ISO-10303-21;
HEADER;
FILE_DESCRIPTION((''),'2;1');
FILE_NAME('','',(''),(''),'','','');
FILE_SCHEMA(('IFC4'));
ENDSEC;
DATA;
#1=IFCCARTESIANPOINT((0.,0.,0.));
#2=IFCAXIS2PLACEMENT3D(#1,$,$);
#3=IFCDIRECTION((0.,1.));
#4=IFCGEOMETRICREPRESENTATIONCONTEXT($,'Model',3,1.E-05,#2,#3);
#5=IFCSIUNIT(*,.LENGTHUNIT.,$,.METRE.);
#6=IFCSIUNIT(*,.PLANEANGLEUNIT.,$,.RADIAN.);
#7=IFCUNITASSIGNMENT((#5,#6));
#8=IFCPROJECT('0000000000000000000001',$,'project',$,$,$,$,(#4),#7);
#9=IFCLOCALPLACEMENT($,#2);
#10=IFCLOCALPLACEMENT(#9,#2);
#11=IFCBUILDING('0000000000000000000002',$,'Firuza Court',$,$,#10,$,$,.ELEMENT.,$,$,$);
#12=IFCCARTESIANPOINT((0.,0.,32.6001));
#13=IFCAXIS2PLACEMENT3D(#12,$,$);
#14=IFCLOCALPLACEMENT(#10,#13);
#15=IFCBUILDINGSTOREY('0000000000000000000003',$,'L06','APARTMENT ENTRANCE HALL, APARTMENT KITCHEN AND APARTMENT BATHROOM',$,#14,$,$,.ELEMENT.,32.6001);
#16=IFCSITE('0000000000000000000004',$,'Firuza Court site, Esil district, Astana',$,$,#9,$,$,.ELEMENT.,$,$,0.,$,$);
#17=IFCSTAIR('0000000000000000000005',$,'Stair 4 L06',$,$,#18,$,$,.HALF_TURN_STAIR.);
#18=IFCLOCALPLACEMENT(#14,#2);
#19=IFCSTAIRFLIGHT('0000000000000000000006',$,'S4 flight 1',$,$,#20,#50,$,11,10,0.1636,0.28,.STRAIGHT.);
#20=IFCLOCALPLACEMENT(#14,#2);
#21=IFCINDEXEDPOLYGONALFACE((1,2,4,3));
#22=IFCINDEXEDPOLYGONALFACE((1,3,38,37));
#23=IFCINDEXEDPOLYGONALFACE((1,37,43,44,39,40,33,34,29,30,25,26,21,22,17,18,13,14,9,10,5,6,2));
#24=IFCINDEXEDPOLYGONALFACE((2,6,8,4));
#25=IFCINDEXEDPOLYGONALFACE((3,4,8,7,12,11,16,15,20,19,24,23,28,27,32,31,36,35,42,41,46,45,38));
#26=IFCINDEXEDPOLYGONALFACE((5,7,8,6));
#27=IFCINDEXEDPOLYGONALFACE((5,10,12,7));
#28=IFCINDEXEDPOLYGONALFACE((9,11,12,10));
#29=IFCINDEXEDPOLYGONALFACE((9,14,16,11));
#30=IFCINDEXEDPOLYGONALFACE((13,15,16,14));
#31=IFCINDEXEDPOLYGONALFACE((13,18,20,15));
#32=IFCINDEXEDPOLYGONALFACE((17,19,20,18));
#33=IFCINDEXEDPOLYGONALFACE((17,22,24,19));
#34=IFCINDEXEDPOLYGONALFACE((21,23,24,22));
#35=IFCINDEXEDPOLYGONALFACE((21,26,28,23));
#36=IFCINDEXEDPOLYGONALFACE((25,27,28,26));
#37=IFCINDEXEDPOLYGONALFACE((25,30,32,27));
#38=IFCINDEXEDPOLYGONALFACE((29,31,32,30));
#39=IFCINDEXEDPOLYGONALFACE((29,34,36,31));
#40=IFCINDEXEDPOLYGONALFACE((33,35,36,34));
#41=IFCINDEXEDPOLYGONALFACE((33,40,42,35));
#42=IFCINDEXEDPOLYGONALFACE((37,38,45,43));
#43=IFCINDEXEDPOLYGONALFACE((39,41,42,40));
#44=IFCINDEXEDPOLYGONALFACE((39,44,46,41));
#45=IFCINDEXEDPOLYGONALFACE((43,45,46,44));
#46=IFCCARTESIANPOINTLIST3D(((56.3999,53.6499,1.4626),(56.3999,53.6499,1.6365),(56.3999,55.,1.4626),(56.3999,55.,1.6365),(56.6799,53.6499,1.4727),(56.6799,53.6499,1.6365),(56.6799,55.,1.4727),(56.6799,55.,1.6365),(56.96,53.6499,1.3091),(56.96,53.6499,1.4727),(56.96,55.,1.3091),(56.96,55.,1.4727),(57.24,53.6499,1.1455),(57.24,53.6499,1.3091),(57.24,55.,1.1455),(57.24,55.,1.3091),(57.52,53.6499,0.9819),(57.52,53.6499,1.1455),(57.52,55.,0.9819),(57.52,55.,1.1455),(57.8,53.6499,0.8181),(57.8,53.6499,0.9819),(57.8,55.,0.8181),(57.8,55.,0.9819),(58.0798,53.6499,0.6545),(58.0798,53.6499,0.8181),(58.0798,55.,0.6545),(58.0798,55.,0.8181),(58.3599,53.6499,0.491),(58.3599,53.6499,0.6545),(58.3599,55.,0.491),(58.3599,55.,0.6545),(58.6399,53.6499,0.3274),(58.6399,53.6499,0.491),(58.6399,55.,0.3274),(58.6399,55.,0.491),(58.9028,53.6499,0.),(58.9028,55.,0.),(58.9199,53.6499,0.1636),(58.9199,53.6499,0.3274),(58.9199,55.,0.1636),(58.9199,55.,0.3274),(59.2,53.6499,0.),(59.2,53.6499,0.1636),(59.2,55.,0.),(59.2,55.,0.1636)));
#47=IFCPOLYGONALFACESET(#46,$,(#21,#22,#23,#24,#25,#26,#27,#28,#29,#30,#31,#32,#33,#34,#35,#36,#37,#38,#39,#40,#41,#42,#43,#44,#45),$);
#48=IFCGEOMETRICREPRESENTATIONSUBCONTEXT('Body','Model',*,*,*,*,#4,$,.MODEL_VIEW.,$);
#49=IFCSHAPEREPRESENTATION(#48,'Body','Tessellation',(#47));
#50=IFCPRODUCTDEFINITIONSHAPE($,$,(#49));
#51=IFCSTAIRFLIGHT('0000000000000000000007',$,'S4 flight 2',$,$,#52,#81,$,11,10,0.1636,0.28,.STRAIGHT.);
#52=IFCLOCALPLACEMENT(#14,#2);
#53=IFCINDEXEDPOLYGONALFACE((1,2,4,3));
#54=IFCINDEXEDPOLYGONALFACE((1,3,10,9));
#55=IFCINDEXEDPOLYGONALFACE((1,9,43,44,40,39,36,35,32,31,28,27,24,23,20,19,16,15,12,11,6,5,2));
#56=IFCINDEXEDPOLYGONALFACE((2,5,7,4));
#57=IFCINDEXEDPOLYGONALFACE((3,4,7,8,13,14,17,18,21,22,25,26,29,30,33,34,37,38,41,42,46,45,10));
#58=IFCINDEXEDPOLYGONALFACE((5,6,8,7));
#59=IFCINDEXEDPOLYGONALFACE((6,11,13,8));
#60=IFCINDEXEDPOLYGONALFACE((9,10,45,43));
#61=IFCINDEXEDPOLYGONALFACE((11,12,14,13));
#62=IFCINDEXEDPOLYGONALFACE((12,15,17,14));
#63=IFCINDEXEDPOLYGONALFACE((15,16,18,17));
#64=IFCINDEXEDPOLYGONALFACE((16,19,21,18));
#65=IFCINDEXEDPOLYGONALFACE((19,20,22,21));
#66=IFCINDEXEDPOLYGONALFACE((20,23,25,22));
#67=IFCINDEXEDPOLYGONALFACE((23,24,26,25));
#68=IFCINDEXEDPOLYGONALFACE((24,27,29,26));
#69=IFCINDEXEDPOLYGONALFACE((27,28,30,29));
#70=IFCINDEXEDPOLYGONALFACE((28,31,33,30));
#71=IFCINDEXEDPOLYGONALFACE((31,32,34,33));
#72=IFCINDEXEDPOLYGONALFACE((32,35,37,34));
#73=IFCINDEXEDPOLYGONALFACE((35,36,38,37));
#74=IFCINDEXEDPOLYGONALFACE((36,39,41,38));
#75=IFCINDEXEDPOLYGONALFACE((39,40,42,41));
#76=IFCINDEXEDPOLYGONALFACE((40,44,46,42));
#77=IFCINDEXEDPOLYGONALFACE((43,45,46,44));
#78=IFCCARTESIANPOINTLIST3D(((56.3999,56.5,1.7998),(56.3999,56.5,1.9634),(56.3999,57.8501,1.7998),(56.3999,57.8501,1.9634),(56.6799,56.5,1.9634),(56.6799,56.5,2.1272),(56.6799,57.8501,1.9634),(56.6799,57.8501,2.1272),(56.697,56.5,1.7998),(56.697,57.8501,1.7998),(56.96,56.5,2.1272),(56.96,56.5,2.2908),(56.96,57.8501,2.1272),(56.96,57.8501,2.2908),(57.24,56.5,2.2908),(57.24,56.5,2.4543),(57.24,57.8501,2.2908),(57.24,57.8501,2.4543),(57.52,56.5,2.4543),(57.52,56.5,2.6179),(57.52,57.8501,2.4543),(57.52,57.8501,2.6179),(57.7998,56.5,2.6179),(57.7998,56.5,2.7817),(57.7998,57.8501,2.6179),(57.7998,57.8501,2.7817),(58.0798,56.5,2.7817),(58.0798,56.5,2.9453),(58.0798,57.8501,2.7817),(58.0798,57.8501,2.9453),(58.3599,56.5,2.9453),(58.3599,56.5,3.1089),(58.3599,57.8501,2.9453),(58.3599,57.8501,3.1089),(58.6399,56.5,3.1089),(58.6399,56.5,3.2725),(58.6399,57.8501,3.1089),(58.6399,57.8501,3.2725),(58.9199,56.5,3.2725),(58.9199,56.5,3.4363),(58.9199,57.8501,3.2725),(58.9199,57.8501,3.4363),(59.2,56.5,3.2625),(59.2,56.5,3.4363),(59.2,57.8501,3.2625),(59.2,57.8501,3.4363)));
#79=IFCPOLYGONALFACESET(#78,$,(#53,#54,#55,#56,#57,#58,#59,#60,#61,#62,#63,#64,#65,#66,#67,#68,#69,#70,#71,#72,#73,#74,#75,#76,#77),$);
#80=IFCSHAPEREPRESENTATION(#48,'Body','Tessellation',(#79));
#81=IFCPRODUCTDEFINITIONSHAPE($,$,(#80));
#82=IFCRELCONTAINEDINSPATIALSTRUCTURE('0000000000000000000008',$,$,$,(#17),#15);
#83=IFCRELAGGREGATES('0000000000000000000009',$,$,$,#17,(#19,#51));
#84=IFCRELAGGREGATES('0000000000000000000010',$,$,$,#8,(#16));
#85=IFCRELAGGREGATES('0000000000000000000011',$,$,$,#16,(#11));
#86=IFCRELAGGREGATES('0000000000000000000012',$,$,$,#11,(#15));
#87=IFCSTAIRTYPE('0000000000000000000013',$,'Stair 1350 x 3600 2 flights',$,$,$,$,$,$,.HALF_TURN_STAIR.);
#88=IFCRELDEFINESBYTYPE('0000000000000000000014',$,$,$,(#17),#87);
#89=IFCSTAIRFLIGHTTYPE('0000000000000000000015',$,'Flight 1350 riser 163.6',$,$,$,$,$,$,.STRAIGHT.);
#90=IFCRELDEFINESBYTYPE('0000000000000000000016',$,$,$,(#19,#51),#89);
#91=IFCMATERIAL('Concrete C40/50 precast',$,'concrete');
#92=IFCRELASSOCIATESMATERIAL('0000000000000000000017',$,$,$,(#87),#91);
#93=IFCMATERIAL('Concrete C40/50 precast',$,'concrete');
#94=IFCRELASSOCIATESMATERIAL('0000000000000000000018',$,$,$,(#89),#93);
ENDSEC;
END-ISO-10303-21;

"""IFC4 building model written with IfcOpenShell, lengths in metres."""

from ifc_helpers import new_model, si_unit, direction, frame, origin, place, context, subcontext, project, spatial, polyline, outline, extrude, material, type_object, element, aggregate, save


model = new_model("IFC4")

# Units and contexts
model_context = context("Model", 3, precision=1e-05, world=origin(), true_north=direction((0.0, 1.0)))
body_context = subcontext(model_context, "Body", "Model", "MODEL_VIEW")
ifc_project = project(units=[si_unit("LENGTHUNIT", "METRE"), si_unit("PLANEANGLEUNIT", "RADIAN")], contexts=[model_context])

# Site, building, storey
site_placement = place(None, origin())
site = spatial("IfcSite", under=ifc_project, at=site_placement, Name="Firuza Court site, Esil district, Astana", CompositionType="ELEMENT", RefElevation=0.0)
building_placement = place(site_placement, origin())
building = spatial("IfcBuilding", under=site, at=building_placement, Name="Firuza Court", CompositionType="ELEMENT")
storey_placement = place(building_placement, frame((0.0, 0.0, 32.6001)))
storey = spatial("IfcBuildingStorey", under=building, at=storey_placement, Name="L06", Description="APARTMENT ENTRANCE HALL, APARTMENT KITCHEN AND APARTMENT BATHROOM", CompositionType="ELEMENT", Elevation=32.6001)

# Stair, stair flights
ifc_material_1 = material(Name="Concrete C40/50 precast", Category="concrete")
stair_type = type_object("IfcStairType", Name="Stair 1350 x 3600 2 flights", PredefinedType="HALF_TURN_STAIR", material=ifc_material_1)
stair_placement = place(storey_placement, origin())
stair = element("IfcStair", 1, at=stair_placement, inside=storey, type_object=stair_type, Name="Stair 4 L06", PredefinedType="HALF_TURN_STAIR")
ifc_material_2 = material(Name="Concrete C40/50 precast", Category="concrete")
stair_flight_type = type_object("IfcStairFlightType", Name="Flight 1350 riser 163.6", PredefinedType="STRAIGHT", material=ifc_material_2)
stair_flight_1_placement = place(storey_placement, frame((59.2, 54.325, 0.0), z_axis=(0.0, 0.0, 1.0), x_axis=(-1.0, 0.0, 0.0)))
stair_flight_1 = element("IfcStairFlight", 2, at=stair_flight_1_placement, type_object=stair_flight_type, Name="S4 flight 1", NumberOfRisers=11, NumberOfTreads=10, PredefinedType="STRAIGHT", RiserHeight=0.1636, TreadLength=0.28, context=body_context, shape_type="SweptSolid", body=[
    extrude(outline(polyline([(0.0, 0.0), (0.0, 0.1636), (0.28, 0.1636), (0.28, 0.3274), (0.5601, 0.3274), (0.5601, 0.491), (0.8401, 0.491), (0.8401, 0.6545), (1.1201, 0.6545), (1.1201, 0.8181), (1.3999, 0.8181), (1.3999, 0.9819), (1.6799, 0.9819), (1.6799, 1.1455), (1.96, 1.1455), (1.96, 1.3091), (2.24, 1.3091), (2.24, 1.4727), (2.52, 1.4727), (2.52, 1.6365), (2.8, 1.6365), (2.8, 1.8), (2.8, 1.4626), (0.2971, 0.0), (0.0, 0.0)])), frame((0.0, 0.675, 0.0), z_axis=(0.0, -1.0, 0.0), x_axis=(1.0, 0.0, 0.0)), (0.0, 0.0, 1.0), 1.3501),
])
stair_flight_2_placement = place(storey_placement, frame((56.3999, 57.175, 1.7998), z_axis=(0.0, 0.0, 1.0), x_axis=(1.0, 0.0, 0.0)))
stair_flight_2 = element("IfcStairFlight", 3, at=stair_flight_2_placement, type_object=stair_flight_type, Name="S4 flight 2", NumberOfRisers=11, NumberOfTreads=10, PredefinedType="STRAIGHT", RiserHeight=0.1636, TreadLength=0.28, context=body_context, shape_type="SweptSolid", body=[
    extrude(outline(polyline([(0.0, 0.0), (0.0, 0.1636), (0.28, 0.1636), (0.28, 0.3274), (0.5601, 0.3274), (0.5601, 0.491), (0.8401, 0.491), (0.8401, 0.6545), (1.1201, 0.6545), (1.1201, 0.8181), (1.3999, 0.8181), (1.3999, 0.9819), (1.6799, 0.9819), (1.6799, 1.1455), (1.96, 1.1455), (1.96, 1.3091), (2.24, 1.3091), (2.24, 1.4727), (2.52, 1.4727), (2.52, 1.6365), (2.8, 1.6365), (2.8, 1.8), (2.8, 1.4626), (0.2971, 0.0), (0.0, 0.0)])), frame((0.0, 0.675, 0.0), z_axis=(0.0, -1.0, 0.0), x_axis=(1.0, 0.0, 0.0)), (0.0, 0.0, 1.0), 1.3501),
])
aggregate(stair, [stair_flight_1, stair_flight_2])

save(model, "model.ifc")
